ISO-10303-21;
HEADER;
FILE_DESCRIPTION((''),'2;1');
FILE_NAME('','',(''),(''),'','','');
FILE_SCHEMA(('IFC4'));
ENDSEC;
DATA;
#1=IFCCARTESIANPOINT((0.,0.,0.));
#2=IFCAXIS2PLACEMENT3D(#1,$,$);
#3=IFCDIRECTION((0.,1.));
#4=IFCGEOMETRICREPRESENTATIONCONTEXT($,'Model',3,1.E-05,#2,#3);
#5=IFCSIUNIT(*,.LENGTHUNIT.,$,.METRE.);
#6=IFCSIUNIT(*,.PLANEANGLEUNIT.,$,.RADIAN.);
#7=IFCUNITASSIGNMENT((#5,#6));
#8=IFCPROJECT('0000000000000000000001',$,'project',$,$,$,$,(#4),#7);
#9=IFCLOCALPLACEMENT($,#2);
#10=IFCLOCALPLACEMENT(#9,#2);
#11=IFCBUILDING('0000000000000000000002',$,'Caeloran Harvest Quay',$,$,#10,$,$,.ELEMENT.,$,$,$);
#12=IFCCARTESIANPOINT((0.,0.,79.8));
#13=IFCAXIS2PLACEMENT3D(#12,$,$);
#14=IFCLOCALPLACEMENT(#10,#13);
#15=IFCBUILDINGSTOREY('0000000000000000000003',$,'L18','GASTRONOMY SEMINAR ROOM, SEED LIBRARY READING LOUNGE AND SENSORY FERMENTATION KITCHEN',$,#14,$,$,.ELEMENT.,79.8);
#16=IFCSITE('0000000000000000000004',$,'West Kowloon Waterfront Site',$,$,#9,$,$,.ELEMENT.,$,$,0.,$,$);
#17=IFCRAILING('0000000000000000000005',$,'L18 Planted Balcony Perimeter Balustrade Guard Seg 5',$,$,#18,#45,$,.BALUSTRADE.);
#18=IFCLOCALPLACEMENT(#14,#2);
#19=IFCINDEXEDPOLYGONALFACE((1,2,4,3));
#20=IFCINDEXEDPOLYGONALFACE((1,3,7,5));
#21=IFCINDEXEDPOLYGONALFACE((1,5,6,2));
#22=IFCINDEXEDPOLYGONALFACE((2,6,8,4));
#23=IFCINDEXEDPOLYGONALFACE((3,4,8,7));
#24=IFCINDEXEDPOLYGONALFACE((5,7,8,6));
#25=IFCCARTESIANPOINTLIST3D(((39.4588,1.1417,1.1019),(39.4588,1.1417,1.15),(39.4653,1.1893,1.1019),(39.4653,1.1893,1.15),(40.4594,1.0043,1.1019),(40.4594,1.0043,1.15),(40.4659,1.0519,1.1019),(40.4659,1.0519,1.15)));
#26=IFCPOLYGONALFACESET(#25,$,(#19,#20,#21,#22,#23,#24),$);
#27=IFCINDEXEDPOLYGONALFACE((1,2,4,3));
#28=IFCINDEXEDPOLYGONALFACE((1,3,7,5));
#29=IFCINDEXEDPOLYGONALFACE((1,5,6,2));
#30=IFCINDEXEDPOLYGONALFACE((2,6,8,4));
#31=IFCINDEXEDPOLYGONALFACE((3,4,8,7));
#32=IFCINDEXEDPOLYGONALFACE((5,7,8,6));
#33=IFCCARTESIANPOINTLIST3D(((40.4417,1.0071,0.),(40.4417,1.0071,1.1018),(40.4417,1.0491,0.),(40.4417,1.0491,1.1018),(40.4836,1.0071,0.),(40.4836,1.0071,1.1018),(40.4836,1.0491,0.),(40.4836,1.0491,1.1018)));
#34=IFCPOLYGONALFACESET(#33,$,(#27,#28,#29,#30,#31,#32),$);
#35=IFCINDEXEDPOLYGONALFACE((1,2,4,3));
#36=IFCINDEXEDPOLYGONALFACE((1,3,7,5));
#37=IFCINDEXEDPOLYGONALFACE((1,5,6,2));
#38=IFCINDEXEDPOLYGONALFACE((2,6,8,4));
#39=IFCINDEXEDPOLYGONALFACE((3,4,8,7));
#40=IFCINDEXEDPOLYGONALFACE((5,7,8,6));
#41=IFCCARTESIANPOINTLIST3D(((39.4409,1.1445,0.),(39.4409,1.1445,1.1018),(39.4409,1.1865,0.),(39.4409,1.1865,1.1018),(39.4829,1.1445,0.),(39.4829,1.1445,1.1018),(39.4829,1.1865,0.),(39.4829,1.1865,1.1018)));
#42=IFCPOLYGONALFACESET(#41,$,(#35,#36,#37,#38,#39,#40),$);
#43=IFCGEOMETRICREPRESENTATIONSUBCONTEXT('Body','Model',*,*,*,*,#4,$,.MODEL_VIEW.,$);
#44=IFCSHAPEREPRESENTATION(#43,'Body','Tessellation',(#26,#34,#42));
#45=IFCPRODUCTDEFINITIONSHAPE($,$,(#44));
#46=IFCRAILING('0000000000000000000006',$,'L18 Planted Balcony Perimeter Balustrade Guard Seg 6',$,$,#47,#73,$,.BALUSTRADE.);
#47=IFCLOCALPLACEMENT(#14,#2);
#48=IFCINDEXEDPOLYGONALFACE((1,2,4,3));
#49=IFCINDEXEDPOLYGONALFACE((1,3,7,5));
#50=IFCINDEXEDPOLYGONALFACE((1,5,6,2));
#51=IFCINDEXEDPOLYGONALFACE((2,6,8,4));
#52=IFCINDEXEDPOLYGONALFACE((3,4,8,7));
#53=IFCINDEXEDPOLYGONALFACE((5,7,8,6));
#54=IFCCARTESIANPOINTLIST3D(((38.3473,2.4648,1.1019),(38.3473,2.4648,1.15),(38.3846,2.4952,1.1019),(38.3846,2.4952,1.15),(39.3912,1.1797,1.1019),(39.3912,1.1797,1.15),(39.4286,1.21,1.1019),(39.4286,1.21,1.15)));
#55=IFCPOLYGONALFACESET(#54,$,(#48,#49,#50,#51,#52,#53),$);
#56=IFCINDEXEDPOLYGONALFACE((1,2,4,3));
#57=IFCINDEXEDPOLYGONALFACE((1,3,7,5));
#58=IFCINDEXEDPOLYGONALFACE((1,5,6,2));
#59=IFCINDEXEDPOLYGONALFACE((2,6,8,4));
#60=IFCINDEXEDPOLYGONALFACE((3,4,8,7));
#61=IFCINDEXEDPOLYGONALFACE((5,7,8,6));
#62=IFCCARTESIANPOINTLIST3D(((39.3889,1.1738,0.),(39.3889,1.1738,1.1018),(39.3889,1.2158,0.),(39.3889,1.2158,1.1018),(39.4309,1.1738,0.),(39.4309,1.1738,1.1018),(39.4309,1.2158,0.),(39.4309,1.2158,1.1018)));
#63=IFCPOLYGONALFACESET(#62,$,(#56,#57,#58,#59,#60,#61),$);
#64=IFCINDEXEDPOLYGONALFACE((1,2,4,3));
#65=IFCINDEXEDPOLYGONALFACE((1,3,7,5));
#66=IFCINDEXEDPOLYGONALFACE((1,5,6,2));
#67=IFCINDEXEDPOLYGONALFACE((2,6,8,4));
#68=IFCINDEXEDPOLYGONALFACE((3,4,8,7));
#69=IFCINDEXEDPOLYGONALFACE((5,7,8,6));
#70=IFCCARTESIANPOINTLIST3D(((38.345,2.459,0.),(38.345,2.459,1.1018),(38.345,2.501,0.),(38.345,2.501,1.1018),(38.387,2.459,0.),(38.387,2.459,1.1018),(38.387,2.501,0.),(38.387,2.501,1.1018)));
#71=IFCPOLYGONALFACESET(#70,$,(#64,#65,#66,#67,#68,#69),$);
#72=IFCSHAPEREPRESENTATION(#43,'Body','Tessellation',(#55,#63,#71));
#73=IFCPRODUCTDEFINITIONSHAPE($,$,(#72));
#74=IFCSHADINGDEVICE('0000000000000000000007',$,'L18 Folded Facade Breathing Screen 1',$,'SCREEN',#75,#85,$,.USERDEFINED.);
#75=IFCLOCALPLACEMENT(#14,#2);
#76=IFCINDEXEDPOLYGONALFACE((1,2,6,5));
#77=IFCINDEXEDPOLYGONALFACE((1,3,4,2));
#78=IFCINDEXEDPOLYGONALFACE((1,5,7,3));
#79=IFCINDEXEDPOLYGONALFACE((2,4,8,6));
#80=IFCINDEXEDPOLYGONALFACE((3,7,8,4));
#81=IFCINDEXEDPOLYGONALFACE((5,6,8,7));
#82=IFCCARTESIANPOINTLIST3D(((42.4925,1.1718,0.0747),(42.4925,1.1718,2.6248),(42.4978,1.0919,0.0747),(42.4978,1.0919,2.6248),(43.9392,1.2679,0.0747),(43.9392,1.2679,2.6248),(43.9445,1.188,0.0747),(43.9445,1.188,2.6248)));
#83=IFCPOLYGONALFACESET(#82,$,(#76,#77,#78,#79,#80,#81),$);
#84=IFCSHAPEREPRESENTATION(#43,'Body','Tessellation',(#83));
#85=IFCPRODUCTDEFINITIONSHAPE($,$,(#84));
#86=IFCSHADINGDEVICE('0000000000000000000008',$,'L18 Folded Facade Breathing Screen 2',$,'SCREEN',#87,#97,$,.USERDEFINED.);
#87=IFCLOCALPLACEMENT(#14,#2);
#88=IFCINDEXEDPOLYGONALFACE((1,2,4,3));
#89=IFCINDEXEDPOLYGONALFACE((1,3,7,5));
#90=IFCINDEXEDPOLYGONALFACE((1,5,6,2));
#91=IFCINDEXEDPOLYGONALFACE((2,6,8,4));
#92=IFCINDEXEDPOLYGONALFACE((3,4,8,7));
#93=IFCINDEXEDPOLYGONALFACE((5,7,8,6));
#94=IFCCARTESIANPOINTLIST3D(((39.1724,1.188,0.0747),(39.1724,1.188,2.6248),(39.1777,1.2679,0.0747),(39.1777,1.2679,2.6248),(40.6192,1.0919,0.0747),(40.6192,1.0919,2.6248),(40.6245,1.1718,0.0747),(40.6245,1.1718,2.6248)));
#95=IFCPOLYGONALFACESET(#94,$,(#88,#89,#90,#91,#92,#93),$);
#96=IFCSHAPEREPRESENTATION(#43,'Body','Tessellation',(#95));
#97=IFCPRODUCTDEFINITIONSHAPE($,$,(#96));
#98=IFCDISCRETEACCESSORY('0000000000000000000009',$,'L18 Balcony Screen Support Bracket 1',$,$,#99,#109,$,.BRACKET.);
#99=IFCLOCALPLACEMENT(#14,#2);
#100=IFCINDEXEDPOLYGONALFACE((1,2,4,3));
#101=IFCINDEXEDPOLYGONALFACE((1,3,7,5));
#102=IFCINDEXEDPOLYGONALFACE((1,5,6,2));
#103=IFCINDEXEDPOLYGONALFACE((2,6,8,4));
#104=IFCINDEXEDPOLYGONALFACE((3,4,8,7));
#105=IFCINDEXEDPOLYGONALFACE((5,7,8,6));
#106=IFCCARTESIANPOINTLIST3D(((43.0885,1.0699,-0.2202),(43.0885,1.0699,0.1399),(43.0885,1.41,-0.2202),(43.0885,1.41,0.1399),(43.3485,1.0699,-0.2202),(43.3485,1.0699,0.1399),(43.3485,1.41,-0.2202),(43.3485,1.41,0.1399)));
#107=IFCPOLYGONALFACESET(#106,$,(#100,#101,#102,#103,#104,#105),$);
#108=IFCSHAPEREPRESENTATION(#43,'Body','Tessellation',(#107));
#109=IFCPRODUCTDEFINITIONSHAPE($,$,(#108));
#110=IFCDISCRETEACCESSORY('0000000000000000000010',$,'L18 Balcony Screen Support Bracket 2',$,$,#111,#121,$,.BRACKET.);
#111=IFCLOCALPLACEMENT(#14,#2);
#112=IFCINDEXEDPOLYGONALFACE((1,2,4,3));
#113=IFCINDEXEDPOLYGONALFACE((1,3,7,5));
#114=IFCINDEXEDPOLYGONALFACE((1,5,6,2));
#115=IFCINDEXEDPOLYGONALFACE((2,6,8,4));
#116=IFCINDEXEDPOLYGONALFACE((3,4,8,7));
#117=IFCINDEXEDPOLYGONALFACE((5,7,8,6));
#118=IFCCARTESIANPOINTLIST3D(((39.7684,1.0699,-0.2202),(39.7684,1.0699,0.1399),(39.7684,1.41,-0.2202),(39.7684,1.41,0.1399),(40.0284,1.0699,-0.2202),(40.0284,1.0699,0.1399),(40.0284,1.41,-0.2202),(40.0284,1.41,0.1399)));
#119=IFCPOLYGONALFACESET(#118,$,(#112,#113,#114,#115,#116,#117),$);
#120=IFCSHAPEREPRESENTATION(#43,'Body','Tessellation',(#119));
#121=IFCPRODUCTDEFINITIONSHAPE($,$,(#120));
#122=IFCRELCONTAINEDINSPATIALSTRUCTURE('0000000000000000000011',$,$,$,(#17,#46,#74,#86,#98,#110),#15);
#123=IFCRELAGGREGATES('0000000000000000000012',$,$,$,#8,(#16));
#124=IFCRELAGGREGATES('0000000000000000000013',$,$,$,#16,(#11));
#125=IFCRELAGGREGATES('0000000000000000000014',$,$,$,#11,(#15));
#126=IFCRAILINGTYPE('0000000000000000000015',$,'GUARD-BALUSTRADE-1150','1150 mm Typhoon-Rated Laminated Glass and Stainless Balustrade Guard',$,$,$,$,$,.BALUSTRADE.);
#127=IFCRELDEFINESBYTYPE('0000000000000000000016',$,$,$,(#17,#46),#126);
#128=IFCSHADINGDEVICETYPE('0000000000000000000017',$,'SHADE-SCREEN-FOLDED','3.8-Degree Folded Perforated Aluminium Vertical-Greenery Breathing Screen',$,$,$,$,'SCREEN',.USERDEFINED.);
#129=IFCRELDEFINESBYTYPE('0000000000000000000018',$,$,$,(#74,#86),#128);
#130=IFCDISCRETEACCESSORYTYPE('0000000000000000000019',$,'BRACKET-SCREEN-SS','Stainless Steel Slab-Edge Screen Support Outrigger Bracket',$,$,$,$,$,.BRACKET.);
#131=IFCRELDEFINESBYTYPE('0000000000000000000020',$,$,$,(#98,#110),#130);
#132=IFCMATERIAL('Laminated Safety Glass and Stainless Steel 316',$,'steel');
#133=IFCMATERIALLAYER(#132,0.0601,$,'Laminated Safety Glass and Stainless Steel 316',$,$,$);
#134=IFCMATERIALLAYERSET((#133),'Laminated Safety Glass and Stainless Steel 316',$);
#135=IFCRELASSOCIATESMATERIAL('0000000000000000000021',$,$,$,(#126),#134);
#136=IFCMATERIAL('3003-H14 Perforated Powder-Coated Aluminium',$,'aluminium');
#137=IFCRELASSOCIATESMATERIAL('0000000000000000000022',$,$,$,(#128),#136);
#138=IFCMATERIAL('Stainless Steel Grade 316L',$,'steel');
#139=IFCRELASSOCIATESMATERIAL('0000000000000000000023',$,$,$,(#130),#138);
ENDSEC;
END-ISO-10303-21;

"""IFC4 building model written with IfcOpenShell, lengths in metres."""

from ifc_helpers import new_model, si_unit, direction, frame, origin, origin_2d, place, context, subcontext, project, spatial, rectangle, extrude, material, layer, layer_set, type_object, element, save


model = new_model("IFC4")

# Units and contexts
model_context = context("Model", 3, precision=1e-05, world=origin(), true_north=direction((0.0, 1.0)))
body_context = subcontext(model_context, "Body", "Model", "MODEL_VIEW")
ifc_project = project(units=[si_unit("LENGTHUNIT", "METRE"), si_unit("PLANEANGLEUNIT", "RADIAN")], contexts=[model_context])

# Site, building, storey
site_placement = place(None, origin())
site = spatial("IfcSite", under=ifc_project, at=site_placement, Name="West Kowloon Waterfront Site", CompositionType="ELEMENT", RefElevation=0.0)
building_placement = place(site_placement, origin())
building = spatial("IfcBuilding", under=site, at=building_placement, Name="Caeloran Harvest Quay", CompositionType="ELEMENT")
storey_placement = place(building_placement, frame((0.0, 0.0, 79.8)))
storey = spatial("IfcBuildingStorey", under=building, at=storey_placement, Name="L18", Description="GASTRONOMY SEMINAR ROOM, SEED LIBRARY READING LOUNGE AND SENSORY FERMENTATION KITCHEN", CompositionType="ELEMENT", Elevation=79.8)

# Railings
ifc_material_1 = material(Name="Laminated Safety Glass and Stainless Steel 316", Category="steel")
ifc_layer_1 = layer(ifc_material_1, 0.0601, Name="Laminated Safety Glass and Stainless Steel 316")
ifc_layer_set_1 = layer_set([ifc_layer_1], Name="Laminated Safety Glass and Stainless Steel 316")
railing_type = type_object("IfcRailingType", Name="GUARD-BALUSTRADE-1150", Description="1150 mm Typhoon-Rated Laminated Glass and Stainless Balustrade Guard", PredefinedType="BALUSTRADE", material=ifc_layer_set_1)
railing_1_placement = place(storey_placement, frame((40.4626, 1.0281, 0.0)))
element("IfcRailing", 1, at=railing_1_placement, inside=storey, type_object=railing_type, Name="L18 Planted Balcony Perimeter Balustrade Guard Seg 5", PredefinedType="BALUSTRADE", context=body_context, shape_type="SweptSolid", body=[
    extrude(rectangle(XDim=0.0481, YDim=0.0481, at=origin_2d()), frame((0.0, 0.0, 1.126), z_axis=(-0.990699, 0.136073, 0.0), x_axis=(-0.136073, -0.990699, 0.0)), (0.0, 0.0, 1.0), 1.01),
    extrude(rectangle(XDim=0.042, YDim=0.042, at=origin_2d()), origin(), (0.0, 0.0, 1.0), 1.1018),
    extrude(rectangle(XDim=0.042, YDim=0.042, at=origin_2d()), frame((-1.0007, 0.1375, 0.0)), (0.0, 0.0, 1.0), 1.1018),
])
railing_2_placement = place(storey_placement, frame((39.4099, 1.1948, 0.0)))
element("IfcRailing", 2, at=railing_2_placement, inside=storey, type_object=railing_type, Name="L18 Planted Balcony Perimeter Balustrade Guard Seg 6", PredefinedType="BALUSTRADE", context=body_context, shape_type="SweptSolid", body=[
    extrude(rectangle(XDim=0.0481, YDim=0.0481, at=origin_2d()), frame((0.0, 0.0, 1.126), z_axis=(-0.630504, 0.776186, 0.0), x_axis=(-0.776186, -0.630504, 0.0)), (0.0, 0.0, 1.0), 1.6558),
    extrude(rectangle(XDim=0.042, YDim=0.042, at=origin_2d()), origin(), (0.0, 0.0, 1.0), 1.1018),
    extrude(rectangle(XDim=0.042, YDim=0.042, at=origin_2d()), frame((-1.0439, 1.2852, 0.0)), (0.0, 0.0, 1.0), 1.1018),
])

# Shading devices
ifc_material_2 = material(Name="3003-H14 Perforated Powder-Coated Aluminium", Category="aluminium")
shading_device_type = type_object("IfcShadingDeviceType", Name="SHADE-SCREEN-FOLDED", Description="3.8-Degree Folded Perforated Aluminium Vertical-Greenery Breathing Screen", ElementType="SCREEN", PredefinedType="USERDEFINED", material=ifc_material_2)
for number, where, z_axis, x_axis, name in (
    (3, (43.2185, 1.1799, 0.0747), (0.0, 0.0, 1.0), (0.997801, 0.066274, 0.0), "L18 Folded Facade Breathing Screen 1"),
    (4, (39.8984, 1.1799, 0.0747), (0.0, 0.0, 1.0), (0.997801, -0.066274, 0.0), "L18 Folded Facade Breathing Screen 2"),
):
    element("IfcShadingDevice", number, at=place(storey_placement, frame(where, z_axis=z_axis, x_axis=x_axis)), inside=storey, type_object=shading_device_type, Name=name, ObjectType="SCREEN", PredefinedType="USERDEFINED", context=body_context, shape_type="SweptSolid", body=[
        extrude(rectangle(XDim=1.45, YDim=0.0801, at=origin_2d()), origin(), (0.0, 0.0, 1.0), 2.55),
    ])

# Discrete accessories
ifc_material_3 = material(Name="Stainless Steel Grade 316L", Category="steel")
discrete_accessory_type = type_object("IfcDiscreteAccessoryType", Name="BRACKET-SCREEN-SS", Description="Stainless Steel Slab-Edge Screen Support Outrigger Bracket", PredefinedType="BRACKET", material=ifc_material_3)
for number, where, z_axis, x_axis, name in (
    (5, (43.2185, 1.24, -0.2202), (0.0, 0.0, 1.0), (1.0, 0.0, 0.0), "L18 Balcony Screen Support Bracket 1"),
    (6, (39.8984, 1.24, -0.2202), (0.0, 0.0, 1.0), (1.0, 0.0, 0.0), "L18 Balcony Screen Support Bracket 2"),
):
    element("IfcDiscreteAccessory", number, at=place(storey_placement, frame(where, z_axis=z_axis, x_axis=x_axis)), inside=storey, type_object=discrete_accessory_type, Name=name, PredefinedType="BRACKET", context=body_context, shape_type="SweptSolid", body=[
        extrude(rectangle(XDim=0.26, YDim=0.3401, at=origin_2d()), origin(), (0.0, 0.0, 1.0), 0.3601),
    ])

save(model, "model.ifc")
